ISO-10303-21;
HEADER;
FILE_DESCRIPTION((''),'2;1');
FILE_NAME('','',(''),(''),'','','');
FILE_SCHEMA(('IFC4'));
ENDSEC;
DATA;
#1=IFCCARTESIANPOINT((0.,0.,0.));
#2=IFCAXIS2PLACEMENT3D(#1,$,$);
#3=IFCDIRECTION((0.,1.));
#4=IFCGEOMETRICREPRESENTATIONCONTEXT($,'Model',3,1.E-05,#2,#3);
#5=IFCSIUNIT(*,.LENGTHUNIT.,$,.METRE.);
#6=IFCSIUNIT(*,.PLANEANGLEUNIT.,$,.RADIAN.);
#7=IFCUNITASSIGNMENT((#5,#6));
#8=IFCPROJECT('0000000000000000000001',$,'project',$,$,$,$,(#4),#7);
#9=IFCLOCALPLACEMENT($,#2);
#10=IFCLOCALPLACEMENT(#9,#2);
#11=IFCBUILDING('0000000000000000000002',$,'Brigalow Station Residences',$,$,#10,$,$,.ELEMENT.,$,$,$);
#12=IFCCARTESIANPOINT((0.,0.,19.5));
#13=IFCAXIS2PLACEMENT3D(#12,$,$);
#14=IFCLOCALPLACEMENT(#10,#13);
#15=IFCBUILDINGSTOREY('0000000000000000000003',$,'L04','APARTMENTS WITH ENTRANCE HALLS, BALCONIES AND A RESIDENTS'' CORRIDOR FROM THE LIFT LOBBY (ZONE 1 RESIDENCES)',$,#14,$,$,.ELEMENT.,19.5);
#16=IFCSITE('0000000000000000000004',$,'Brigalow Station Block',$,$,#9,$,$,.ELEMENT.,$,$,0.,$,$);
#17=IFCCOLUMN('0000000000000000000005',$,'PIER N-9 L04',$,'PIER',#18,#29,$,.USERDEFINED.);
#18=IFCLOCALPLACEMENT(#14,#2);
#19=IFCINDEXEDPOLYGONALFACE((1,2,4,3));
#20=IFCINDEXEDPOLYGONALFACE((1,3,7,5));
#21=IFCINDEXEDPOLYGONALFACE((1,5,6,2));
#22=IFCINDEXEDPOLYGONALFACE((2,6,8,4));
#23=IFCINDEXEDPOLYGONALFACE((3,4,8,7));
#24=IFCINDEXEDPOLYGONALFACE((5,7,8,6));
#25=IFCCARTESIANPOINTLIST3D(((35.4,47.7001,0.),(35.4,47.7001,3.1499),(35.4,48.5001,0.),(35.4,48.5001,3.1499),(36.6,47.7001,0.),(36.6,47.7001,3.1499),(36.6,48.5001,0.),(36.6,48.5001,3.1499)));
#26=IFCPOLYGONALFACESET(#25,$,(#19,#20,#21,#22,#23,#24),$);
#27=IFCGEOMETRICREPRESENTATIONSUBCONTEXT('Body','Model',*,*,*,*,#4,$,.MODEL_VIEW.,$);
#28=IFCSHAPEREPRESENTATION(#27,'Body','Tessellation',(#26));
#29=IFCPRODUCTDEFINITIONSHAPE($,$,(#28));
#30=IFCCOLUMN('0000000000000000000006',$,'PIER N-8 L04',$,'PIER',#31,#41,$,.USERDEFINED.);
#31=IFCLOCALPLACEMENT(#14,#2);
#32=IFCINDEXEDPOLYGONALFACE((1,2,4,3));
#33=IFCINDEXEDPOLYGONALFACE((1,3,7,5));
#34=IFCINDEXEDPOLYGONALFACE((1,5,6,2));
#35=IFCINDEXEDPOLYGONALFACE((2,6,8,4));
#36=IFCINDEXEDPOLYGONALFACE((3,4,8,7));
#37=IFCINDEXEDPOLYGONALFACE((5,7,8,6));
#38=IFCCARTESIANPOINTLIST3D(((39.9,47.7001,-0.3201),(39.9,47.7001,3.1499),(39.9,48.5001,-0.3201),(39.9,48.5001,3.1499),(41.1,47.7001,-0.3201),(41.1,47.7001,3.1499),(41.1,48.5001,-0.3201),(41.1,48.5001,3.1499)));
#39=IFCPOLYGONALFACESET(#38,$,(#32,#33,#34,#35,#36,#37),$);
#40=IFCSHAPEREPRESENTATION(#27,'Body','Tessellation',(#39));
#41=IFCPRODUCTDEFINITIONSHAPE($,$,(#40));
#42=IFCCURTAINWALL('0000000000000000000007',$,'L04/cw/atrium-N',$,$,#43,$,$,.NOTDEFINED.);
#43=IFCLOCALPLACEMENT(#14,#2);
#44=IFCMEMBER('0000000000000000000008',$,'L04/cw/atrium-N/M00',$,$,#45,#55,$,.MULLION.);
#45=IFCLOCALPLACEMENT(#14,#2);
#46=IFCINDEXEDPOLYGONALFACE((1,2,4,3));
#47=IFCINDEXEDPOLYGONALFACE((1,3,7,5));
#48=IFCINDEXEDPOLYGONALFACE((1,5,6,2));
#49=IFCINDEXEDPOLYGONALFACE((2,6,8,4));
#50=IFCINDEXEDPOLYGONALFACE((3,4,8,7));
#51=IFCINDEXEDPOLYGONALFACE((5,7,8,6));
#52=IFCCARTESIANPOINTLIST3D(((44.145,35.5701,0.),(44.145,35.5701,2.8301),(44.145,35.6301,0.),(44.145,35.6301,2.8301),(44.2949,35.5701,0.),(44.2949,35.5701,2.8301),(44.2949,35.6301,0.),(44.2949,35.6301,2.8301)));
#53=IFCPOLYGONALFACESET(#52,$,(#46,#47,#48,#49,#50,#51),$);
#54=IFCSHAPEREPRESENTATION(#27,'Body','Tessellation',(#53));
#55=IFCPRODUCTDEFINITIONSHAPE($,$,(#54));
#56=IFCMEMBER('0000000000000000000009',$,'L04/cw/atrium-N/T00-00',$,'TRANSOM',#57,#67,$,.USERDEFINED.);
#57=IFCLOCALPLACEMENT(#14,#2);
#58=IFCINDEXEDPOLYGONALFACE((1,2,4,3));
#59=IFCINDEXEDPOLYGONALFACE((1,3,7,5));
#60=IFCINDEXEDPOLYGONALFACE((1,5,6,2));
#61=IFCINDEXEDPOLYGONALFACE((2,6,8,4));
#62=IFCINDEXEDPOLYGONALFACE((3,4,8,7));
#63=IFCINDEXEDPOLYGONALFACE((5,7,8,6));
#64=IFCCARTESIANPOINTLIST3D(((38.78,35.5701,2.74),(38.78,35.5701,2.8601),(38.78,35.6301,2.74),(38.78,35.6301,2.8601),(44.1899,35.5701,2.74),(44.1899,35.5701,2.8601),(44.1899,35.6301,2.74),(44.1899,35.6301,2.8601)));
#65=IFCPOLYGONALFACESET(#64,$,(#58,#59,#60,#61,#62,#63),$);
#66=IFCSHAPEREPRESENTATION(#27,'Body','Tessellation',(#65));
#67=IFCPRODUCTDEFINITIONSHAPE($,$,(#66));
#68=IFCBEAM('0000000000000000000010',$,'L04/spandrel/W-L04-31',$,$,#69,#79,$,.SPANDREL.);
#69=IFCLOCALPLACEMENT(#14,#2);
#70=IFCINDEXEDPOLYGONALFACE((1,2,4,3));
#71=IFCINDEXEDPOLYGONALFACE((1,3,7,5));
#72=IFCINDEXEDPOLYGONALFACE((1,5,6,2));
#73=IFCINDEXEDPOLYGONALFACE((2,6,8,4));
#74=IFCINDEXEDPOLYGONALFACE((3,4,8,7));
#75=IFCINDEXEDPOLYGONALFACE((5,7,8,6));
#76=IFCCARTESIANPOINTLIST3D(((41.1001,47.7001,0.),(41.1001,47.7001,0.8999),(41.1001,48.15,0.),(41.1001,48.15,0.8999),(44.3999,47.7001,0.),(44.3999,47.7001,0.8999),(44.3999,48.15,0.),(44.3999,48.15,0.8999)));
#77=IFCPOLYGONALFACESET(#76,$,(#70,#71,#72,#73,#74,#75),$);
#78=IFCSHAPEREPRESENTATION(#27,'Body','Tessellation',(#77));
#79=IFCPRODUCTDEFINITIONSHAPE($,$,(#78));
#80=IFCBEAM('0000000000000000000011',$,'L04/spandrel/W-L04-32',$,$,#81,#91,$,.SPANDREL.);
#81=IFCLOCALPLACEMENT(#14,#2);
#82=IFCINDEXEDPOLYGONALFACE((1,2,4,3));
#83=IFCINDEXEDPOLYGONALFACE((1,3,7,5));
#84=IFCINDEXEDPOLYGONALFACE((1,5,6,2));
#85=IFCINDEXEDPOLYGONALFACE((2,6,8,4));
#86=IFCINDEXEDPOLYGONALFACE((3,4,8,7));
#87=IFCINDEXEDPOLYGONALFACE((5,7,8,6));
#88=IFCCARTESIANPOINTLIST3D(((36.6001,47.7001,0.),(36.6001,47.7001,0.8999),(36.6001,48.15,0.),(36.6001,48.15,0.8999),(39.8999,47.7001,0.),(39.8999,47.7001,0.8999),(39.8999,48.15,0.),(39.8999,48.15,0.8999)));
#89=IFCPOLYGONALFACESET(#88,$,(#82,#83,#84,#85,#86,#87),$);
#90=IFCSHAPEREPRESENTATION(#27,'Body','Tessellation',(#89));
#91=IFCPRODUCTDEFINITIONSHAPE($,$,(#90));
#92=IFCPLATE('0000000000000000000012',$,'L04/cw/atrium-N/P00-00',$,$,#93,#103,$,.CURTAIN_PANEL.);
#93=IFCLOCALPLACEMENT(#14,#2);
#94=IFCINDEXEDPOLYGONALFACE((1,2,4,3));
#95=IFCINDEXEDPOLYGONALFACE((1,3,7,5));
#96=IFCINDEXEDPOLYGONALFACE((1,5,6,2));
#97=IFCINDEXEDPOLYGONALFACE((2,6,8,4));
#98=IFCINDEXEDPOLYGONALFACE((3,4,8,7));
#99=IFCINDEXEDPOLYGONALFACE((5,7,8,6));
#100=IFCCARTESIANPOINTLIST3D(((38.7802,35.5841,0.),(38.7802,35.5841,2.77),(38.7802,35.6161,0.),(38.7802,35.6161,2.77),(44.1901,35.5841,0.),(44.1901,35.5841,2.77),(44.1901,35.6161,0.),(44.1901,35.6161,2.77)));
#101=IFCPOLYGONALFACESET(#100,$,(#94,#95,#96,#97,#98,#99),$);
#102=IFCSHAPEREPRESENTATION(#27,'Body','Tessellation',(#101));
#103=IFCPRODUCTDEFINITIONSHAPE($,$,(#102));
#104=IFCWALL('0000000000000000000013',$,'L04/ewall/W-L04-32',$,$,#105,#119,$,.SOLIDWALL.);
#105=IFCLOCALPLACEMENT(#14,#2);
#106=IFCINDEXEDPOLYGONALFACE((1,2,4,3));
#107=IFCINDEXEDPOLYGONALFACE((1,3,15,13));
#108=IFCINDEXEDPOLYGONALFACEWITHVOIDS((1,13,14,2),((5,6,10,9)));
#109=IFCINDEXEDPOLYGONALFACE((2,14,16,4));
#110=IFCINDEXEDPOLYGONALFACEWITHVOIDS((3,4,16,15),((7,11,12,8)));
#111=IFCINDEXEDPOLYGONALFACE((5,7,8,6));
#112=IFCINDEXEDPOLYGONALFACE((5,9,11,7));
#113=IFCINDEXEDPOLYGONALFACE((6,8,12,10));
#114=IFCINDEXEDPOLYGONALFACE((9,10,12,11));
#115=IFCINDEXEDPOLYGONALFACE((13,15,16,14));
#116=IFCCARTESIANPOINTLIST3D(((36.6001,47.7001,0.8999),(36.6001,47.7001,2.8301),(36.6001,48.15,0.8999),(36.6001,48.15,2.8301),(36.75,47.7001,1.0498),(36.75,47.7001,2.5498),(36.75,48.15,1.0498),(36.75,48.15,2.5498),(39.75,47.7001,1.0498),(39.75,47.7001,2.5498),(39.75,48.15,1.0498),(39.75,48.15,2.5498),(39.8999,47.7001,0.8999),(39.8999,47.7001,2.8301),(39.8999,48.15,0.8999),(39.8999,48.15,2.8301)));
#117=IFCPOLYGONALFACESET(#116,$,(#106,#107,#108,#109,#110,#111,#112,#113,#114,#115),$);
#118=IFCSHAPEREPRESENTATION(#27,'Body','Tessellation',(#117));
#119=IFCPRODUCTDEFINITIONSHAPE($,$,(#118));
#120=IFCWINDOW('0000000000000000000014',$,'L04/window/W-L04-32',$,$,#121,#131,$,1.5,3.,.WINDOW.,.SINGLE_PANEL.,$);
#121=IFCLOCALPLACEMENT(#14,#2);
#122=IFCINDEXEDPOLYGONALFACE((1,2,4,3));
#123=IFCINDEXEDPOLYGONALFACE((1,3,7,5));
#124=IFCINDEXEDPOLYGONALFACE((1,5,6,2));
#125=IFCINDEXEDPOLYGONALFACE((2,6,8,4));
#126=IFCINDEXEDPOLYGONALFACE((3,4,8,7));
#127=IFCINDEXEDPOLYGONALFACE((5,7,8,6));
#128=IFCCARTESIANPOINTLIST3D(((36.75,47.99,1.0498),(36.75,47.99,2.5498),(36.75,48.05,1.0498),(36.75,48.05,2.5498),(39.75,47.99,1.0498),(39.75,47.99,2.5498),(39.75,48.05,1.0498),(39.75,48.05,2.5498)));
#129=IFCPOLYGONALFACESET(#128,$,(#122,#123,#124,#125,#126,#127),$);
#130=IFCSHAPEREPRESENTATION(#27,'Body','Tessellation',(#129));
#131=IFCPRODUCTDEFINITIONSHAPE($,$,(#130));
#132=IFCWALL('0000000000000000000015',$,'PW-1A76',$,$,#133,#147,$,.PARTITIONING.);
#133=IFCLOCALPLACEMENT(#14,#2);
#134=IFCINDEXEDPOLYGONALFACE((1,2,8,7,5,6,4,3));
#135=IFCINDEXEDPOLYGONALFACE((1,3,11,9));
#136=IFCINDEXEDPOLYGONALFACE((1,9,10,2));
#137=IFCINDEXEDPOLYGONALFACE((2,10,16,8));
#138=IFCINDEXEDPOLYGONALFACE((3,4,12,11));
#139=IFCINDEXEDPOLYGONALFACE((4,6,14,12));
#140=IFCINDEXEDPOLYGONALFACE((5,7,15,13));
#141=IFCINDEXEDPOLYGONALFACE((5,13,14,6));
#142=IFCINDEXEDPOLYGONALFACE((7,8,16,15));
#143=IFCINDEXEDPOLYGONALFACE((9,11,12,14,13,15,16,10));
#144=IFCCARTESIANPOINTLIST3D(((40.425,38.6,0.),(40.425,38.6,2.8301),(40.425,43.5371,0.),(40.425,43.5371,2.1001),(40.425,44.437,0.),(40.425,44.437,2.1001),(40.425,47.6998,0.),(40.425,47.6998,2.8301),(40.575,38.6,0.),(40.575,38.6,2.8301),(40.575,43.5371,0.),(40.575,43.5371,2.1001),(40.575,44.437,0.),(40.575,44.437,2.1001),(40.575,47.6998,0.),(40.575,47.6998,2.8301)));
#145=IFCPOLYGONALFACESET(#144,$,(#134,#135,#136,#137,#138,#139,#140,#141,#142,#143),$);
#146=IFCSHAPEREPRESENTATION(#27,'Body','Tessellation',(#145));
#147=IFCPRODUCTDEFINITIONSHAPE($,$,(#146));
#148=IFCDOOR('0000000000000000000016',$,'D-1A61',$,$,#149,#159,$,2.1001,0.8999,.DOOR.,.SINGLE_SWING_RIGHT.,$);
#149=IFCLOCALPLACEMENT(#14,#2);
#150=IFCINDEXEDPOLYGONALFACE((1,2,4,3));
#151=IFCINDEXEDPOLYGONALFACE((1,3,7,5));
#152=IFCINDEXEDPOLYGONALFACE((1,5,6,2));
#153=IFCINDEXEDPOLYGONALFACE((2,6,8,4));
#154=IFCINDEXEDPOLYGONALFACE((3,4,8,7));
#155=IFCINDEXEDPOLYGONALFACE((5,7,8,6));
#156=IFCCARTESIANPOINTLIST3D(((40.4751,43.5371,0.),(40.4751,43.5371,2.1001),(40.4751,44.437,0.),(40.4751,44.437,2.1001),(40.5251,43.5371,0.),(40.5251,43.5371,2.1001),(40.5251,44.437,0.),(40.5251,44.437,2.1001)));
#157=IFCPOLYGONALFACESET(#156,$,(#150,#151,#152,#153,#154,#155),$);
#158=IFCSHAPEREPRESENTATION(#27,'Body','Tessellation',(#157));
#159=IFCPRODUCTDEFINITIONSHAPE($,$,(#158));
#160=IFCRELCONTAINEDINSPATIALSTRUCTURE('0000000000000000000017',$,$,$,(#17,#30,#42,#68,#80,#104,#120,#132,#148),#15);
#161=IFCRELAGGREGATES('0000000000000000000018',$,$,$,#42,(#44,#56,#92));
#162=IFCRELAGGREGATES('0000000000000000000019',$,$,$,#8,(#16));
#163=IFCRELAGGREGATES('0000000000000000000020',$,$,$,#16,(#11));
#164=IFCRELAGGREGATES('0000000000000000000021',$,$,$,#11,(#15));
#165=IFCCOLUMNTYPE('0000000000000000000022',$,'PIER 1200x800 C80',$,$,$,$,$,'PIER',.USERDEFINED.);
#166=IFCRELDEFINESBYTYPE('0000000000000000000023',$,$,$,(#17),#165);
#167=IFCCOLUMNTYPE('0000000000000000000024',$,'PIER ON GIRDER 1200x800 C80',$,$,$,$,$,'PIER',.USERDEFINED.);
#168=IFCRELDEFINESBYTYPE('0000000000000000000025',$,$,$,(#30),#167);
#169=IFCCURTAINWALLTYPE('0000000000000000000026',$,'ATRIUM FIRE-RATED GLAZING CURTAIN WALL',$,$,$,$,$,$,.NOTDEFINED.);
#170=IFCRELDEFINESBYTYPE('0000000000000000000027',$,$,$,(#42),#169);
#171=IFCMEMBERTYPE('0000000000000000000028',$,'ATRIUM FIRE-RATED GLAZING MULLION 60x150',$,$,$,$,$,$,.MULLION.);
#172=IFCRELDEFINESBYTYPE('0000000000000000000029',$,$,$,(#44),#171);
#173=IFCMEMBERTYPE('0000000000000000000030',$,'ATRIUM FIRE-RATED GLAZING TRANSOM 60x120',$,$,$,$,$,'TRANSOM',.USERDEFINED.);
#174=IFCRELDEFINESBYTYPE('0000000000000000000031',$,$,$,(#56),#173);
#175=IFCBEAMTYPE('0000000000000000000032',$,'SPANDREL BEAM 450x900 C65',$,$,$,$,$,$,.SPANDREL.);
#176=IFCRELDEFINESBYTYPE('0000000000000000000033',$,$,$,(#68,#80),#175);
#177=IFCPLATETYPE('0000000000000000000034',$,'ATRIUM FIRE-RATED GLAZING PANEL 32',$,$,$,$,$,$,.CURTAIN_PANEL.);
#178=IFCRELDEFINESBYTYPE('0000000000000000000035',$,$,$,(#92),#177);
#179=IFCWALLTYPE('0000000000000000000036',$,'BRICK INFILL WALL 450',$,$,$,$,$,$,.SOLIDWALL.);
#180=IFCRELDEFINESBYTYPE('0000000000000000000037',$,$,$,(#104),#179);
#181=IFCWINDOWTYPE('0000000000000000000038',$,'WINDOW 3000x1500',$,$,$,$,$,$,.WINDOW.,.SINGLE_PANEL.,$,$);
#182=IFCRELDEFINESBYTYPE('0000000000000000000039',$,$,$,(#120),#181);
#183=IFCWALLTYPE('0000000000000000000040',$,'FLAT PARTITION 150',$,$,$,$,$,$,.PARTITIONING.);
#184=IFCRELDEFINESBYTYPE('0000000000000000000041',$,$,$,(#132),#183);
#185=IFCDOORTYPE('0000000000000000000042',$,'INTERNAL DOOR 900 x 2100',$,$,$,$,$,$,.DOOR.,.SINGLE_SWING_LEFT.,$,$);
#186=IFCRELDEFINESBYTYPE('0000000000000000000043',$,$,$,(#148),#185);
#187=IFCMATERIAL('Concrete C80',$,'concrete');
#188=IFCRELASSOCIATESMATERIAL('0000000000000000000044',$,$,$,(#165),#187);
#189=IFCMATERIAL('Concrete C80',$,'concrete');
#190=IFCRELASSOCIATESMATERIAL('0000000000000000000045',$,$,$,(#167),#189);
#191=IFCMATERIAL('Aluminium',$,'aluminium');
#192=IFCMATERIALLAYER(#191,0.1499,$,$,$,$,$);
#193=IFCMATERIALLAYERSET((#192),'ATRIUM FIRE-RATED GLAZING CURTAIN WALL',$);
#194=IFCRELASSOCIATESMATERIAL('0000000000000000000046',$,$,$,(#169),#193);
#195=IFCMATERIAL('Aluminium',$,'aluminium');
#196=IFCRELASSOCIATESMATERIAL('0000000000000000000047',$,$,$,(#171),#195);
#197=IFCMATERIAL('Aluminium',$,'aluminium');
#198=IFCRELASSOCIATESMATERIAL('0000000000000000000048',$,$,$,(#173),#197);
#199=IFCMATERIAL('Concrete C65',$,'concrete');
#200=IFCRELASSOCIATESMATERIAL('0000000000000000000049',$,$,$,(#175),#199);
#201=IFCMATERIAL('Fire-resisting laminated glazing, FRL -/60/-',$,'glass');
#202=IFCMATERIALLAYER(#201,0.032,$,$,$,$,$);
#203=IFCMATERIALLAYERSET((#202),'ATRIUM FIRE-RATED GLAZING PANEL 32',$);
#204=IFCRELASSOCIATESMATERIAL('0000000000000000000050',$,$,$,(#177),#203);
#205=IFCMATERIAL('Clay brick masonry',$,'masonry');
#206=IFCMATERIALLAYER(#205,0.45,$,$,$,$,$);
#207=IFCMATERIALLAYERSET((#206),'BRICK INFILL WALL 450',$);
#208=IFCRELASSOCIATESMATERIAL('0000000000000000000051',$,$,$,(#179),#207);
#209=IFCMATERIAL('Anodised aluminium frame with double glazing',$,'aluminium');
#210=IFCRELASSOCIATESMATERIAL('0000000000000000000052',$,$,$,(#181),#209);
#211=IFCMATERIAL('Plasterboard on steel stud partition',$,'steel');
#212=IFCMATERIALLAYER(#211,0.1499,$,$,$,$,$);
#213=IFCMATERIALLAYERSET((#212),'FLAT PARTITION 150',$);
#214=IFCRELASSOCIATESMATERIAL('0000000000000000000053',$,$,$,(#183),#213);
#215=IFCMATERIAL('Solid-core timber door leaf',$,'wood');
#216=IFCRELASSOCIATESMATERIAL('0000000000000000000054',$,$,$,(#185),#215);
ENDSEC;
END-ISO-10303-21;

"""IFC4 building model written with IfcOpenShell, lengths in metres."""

from ifc_helpers import new_model, si_unit, direction, frame, frame_2d, origin, origin_2d, place, context, subcontext, project, spatial, rectangle, extrude, material, layer, layer_set, material_profile, profile_set, type_object, element, fill, aggregate, save


model = new_model("IFC4")

# Units and contexts
model_context = context("Model", 3, precision=1e-05, world=origin(), true_north=direction((0.0, 1.0)))
body_context = subcontext(model_context, "Body", "Model", "MODEL_VIEW")
ifc_project = project(units=[si_unit("LENGTHUNIT", "METRE"), si_unit("PLANEANGLEUNIT", "RADIAN")], contexts=[model_context])

# Site, building, storey
site_placement = place(None, origin())
site = spatial("IfcSite", under=ifc_project, at=site_placement, Name="Brigalow Station Block", CompositionType="ELEMENT", RefElevation=0.0)
building_placement = place(site_placement, origin())
building = spatial("IfcBuilding", under=site, at=building_placement, Name="Brigalow Station Residences", CompositionType="ELEMENT")
storey_placement = place(building_placement, frame((0.0, 0.0, 19.5)))
storey = spatial("IfcBuildingStorey", under=building, at=storey_placement, Name="L04", Description="APARTMENTS WITH ENTRANCE HALLS, BALCONIES AND A RESIDENTS' CORRIDOR FROM THE LIFT LOBBY (ZONE 1 RESIDENCES)", CompositionType="ELEMENT", Elevation=19.5)

# Columns
ifc_material_1 = material(Name="Concrete C80", Category="concrete")
ifc_material_profile_1 = material_profile(ifc_material_1, rectangle(XDim=1.2, YDim=0.8, at=origin_2d()), Name="RC1200x800")
ifc_profile_set_1 = profile_set([ifc_material_profile_1], Name="Concrete C80")
column_type_1 = type_object("IfcColumnType", Name="PIER 1200x800 C80", ElementType="PIER", PredefinedType="USERDEFINED", material=ifc_profile_set_1)
column_1_placement = place(storey_placement, frame((36.0, 48.1001, 0.0), z_axis=(0.0, 0.0, 1.0), x_axis=(-1.0, 0.0, 0.0)))
element("IfcColumn", 1, at=column_1_placement, inside=storey, type_object=column_type_1, Name="PIER N-9 L04", ObjectType="PIER", PredefinedType="USERDEFINED", context=body_context, shape_type="SweptSolid", body=[
    extrude(rectangle(XDim=1.2, YDim=0.8, at=origin_2d()), origin(), (0.0, 0.0, 1.0), 3.1499),
])
ifc_material_2 = material(Name="Concrete C80", Category="concrete")
ifc_material_profile_2 = material_profile(ifc_material_2, rectangle(XDim=1.2, YDim=0.8, at=origin_2d()), Name="RC1200x800")
ifc_profile_set_2 = profile_set([ifc_material_profile_2], Name="Concrete C80")
column_type_2 = type_object("IfcColumnType", Name="PIER ON GIRDER 1200x800 C80", ElementType="PIER", PredefinedType="USERDEFINED", material=ifc_profile_set_2)
column_2_placement = place(storey_placement, frame((40.5, 48.1001, -0.3201), z_axis=(0.0, 0.0, 1.0), x_axis=(-1.0, 0.0, 0.0)))
element("IfcColumn", 2, at=column_2_placement, inside=storey, type_object=column_type_2, Name="PIER N-8 L04", ObjectType="PIER", PredefinedType="USERDEFINED", context=body_context, shape_type="SweptSolid", body=[
    extrude(rectangle(XDim=1.2, YDim=0.8, at=origin_2d()), origin(), (0.0, 0.0, 1.0), 3.47),
])

# Curtain wall, members
ifc_material_3 = material(Name="Aluminium", Category="aluminium")
ifc_layer_1 = layer(ifc_material_3, 0.1499)
ifc_layer_set_1 = layer_set([ifc_layer_1], Name="ATRIUM FIRE-RATED GLAZING CURTAIN WALL")
curtain_wall_type = type_object("IfcCurtainWallType", Name="ATRIUM FIRE-RATED GLAZING CURTAIN WALL", PredefinedType="NOTDEFINED", material=ifc_layer_set_1)
curtain_wall_placement = place(storey_placement, origin())
curtain_wall = element("IfcCurtainWall", 3, at=curtain_wall_placement, inside=storey, type_object=curtain_wall_type, Name="L04/cw/atrium-N", PredefinedType="NOTDEFINED")
ifc_material_4 = material(Name="Aluminium", Category="aluminium")
ifc_material_profile_3 = material_profile(ifc_material_4, rectangle(XDim=0.0601, YDim=0.1499, at=origin_2d()), Name="ATRIUM FIRE-RATED GLAZING MULLION 60x150")
ifc_profile_set_3 = profile_set([ifc_material_profile_3], Name="Aluminium")
member_type_1 = type_object("IfcMemberType", Name="ATRIUM FIRE-RATED GLAZING MULLION 60x150", PredefinedType="MULLION", material=ifc_profile_set_3)
member_1_placement = place(storey_placement, frame((44.22, 35.6001, 0.0), z_axis=(0.0, 0.0, 1.0), x_axis=(0.0, -1.0, 0.0)))
member_1 = element("IfcMember", 4, at=member_1_placement, type_object=member_type_1, Name="L04/cw/atrium-N/M00", PredefinedType="MULLION", context=body_context, shape_type="SweptSolid", body=[
    extrude(rectangle(XDim=0.0601, YDim=0.1499, at=origin_2d()), origin(), (0.0, 0.0, 1.0), 2.8301),
])
ifc_material_5 = material(Name="Aluminium", Category="aluminium")
ifc_material_profile_4 = material_profile(ifc_material_5, rectangle(XDim=0.0601, YDim=0.1201, at=origin_2d()), Name="ATRIUM FIRE-RATED GLAZING TRANSOM 60x120")
ifc_profile_set_4 = profile_set([ifc_material_profile_4], Name="Aluminium")
member_type_2 = type_object("IfcMemberType", Name="ATRIUM FIRE-RATED GLAZING TRANSOM 60x120", ElementType="TRANSOM", PredefinedType="USERDEFINED", material=ifc_profile_set_4)
member_2_placement = place(storey_placement, frame((44.1899, 35.6001, 2.8), z_axis=(-1.0, 0.0, 0.0), x_axis=(0.0, -1.0, 0.0)))
member_2 = element("IfcMember", 5, at=member_2_placement, type_object=member_type_2, Name="L04/cw/atrium-N/T00-00", ObjectType="TRANSOM", PredefinedType="USERDEFINED", context=body_context, shape_type="SweptSolid", body=[
    extrude(rectangle(XDim=0.0601, YDim=0.1201, at=origin_2d()), origin(), (0.0, 0.0, 1.0), 5.4099),
])

# Beams
ifc_material_6 = material(Name="Concrete C65", Category="concrete")
ifc_material_profile_5 = material_profile(ifc_material_6, rectangle(XDim=0.45, YDim=0.8999, at=origin_2d()), Name="RC450x900")
ifc_profile_set_5 = profile_set([ifc_material_profile_5], Name="Concrete C65")
beam_type = type_object("IfcBeamType", Name="SPANDREL BEAM 450x900 C65", PredefinedType="SPANDREL", material=ifc_profile_set_5)
for number, where, z_axis, x_axis, name in (
    (6, (44.3999, 47.925, 0.45), (-1.0, 0.0, 0.0), (0.0, -1.0, 0.0), "L04/spandrel/W-L04-31"),
    (7, (39.8999, 47.925, 0.45), (-1.0, 0.0, 0.0), (0.0, -1.0, 0.0), "L04/spandrel/W-L04-32"),
):
    element("IfcBeam", number, at=place(storey_placement, frame(where, z_axis=z_axis, x_axis=x_axis)), inside=storey, type_object=beam_type, Name=name, PredefinedType="SPANDREL", context=body_context, shape_type="SweptSolid", body=[
        extrude(rectangle(XDim=0.45, YDim=0.8999, at=origin_2d()), origin(), (0.0, 0.0, 1.0), 3.2998),
    ])

# Plate
ifc_material_7 = material(Name="Fire-resisting laminated glazing, FRL -/60/-", Category="glass")
ifc_layer_2 = layer(ifc_material_7, 0.032)
ifc_layer_set_2 = layer_set([ifc_layer_2], Name="ATRIUM FIRE-RATED GLAZING PANEL 32")
plate_type = type_object("IfcPlateType", Name="ATRIUM FIRE-RATED GLAZING PANEL 32", PredefinedType="CURTAIN_PANEL", material=ifc_layer_set_2)
plate_placement = place(storey_placement, frame((41.4851, 35.6001, 0.0), z_axis=(0.0, 0.0, 1.0), x_axis=(-1.0, 0.0, 0.0)))
plate = element("IfcPlate", 8, at=plate_placement, type_object=plate_type, Name="L04/cw/atrium-N/P00-00", PredefinedType="CURTAIN_PANEL", context=body_context, shape_type="SweptSolid", body=[
    extrude(rectangle(XDim=5.4099, YDim=0.032, at=origin_2d()), origin(), (0.0, 0.0, 1.0), 2.77),
])
aggregate(curtain_wall, [member_1, member_2, plate])

# Wall, opening, window
ifc_material_8 = material(Name="Clay brick masonry", Category="masonry")
ifc_layer_3 = layer(ifc_material_8, 0.45)
ifc_layer_set_3 = layer_set([ifc_layer_3], Name="BRICK INFILL WALL 450")
wall_type_1 = type_object("IfcWallType", Name="BRICK INFILL WALL 450", PredefinedType="SOLIDWALL", material=ifc_layer_set_3)
wall_1_placement = place(storey_placement, frame((39.8999, 47.925, 0.8999), z_axis=(0.0, 0.0, 1.0), x_axis=(-1.0, 0.0, 0.0)))
wall_1 = element("IfcWall", 9, at=wall_1_placement, inside=storey, type_object=wall_type_1, Name="L04/ewall/W-L04-32", PredefinedType="SOLIDWALL", context=body_context, shape_type="SweptSolid", body=[
    extrude(rectangle(XDim=3.2998, YDim=0.45, at=frame_2d((1.6499, 0.0))), origin(), (0.0, 0.0, 1.0), 1.9302),
])
opening_1_placement = place(wall_1_placement, frame((0.1499, 0.0, 0.1499)))
opening_1 = element("IfcOpeningElement", 10, at=opening_1_placement, cuts=wall_1, PredefinedType="OPENING", context=body_context, shape_type="SweptSolid", body=[
    extrude(rectangle(XDim=3.0, YDim=1.5, at=frame_2d((1.5, 0.75))), frame((0.0, 0.2349, 0.0), z_axis=(0.0, -1.0, 0.0), x_axis=(1.0, 0.0, 0.0)), (0.0, 0.0, 1.0), 0.47),
])
ifc_material_9 = material(Name="Anodised aluminium frame with double glazing", Category="aluminium")
window_type = type_object("IfcWindowType", Name="WINDOW 3000x1500", PartitioningType="SINGLE_PANEL", PredefinedType="WINDOW", material=ifc_material_9)
window_placement = place(opening_1_placement, origin())
window = element("IfcWindow", 11, at=window_placement, inside=storey, type_object=window_type, Name="L04/window/W-L04-32", OverallHeight=1.5, OverallWidth=3.0, PartitioningType="SINGLE_PANEL", PredefinedType="WINDOW", context=body_context, shape_type="SweptSolid", body=[
    extrude(rectangle(XDim=3.0, YDim=1.5, at=frame_2d((1.5, 0.75))), frame((0.0, -0.0649, 0.0), z_axis=(0.0, -1.0, 0.0), x_axis=(1.0, 0.0, 0.0)), (0.0, 0.0, 1.0), 0.0601),
])
fill(opening_1, window)

# Wall, opening, door
ifc_material_10 = material(Name="Plasterboard on steel stud partition", Category="steel")
ifc_layer_4 = layer(ifc_material_10, 0.1499)
ifc_layer_set_4 = layer_set([ifc_layer_4], Name="FLAT PARTITION 150")
wall_type_2 = type_object("IfcWallType", Name="FLAT PARTITION 150", PredefinedType="PARTITIONING", material=ifc_layer_set_4)
wall_2_placement = place(storey_placement, frame((40.5, 38.6001, 0.0), z_axis=(0.0, 0.0, 1.0), x_axis=(0.0, 1.0, 0.0)))
wall_2 = element("IfcWall", 12, at=wall_2_placement, inside=storey, type_object=wall_type_2, Name="PW-1A76", PredefinedType="PARTITIONING", context=body_context, shape_type="SweptSolid", body=[
    extrude(rectangle(XDim=9.0999, YDim=0.1499, at=frame_2d((4.5498, 0.0))), origin(), (0.0, 0.0, 1.0), 2.8301),
])
opening_2_placement = place(wall_2_placement, frame((4.937, 0.0, 0.0)))
opening_2 = element("IfcOpeningElement", 13, at=opening_2_placement, cuts=wall_2, PredefinedType="OPENING", context=body_context, shape_type="SweptSolid", body=[
    extrude(rectangle(XDim=0.8999, YDim=2.1001, at=frame_2d((0.45, 1.05))), frame((0.0, 0.085, 0.0), z_axis=(0.0, -1.0, 0.0), x_axis=(1.0, 0.0, 0.0)), (0.0, 0.0, 1.0), 0.1699),
])
ifc_material_11 = material(Name="Solid-core timber door leaf", Category="wood")
door_type = type_object("IfcDoorType", Name="INTERNAL DOOR 900 x 2100", OperationType="SINGLE_SWING_LEFT", PredefinedType="DOOR", material=ifc_material_11)
door_placement = place(opening_2_placement, origin())
door = element("IfcDoor", 14, at=door_placement, inside=storey, type_object=door_type, Name="D-1A61", OperationType="SINGLE_SWING_RIGHT", OverallHeight=2.1001, OverallWidth=0.8999, PredefinedType="DOOR", context=body_context, shape_type="SweptSolid", body=[
    extrude(rectangle(XDim=0.8999, YDim=2.1001, at=frame_2d((0.45, 1.05))), frame((0.0, 0.0249, 0.0), z_axis=(0.0, -1.0, 0.0), x_axis=(1.0, 0.0, 0.0)), (0.0, 0.0, 1.0), 0.05),
])
fill(opening_2, door)

save(model, "model.ifc")
